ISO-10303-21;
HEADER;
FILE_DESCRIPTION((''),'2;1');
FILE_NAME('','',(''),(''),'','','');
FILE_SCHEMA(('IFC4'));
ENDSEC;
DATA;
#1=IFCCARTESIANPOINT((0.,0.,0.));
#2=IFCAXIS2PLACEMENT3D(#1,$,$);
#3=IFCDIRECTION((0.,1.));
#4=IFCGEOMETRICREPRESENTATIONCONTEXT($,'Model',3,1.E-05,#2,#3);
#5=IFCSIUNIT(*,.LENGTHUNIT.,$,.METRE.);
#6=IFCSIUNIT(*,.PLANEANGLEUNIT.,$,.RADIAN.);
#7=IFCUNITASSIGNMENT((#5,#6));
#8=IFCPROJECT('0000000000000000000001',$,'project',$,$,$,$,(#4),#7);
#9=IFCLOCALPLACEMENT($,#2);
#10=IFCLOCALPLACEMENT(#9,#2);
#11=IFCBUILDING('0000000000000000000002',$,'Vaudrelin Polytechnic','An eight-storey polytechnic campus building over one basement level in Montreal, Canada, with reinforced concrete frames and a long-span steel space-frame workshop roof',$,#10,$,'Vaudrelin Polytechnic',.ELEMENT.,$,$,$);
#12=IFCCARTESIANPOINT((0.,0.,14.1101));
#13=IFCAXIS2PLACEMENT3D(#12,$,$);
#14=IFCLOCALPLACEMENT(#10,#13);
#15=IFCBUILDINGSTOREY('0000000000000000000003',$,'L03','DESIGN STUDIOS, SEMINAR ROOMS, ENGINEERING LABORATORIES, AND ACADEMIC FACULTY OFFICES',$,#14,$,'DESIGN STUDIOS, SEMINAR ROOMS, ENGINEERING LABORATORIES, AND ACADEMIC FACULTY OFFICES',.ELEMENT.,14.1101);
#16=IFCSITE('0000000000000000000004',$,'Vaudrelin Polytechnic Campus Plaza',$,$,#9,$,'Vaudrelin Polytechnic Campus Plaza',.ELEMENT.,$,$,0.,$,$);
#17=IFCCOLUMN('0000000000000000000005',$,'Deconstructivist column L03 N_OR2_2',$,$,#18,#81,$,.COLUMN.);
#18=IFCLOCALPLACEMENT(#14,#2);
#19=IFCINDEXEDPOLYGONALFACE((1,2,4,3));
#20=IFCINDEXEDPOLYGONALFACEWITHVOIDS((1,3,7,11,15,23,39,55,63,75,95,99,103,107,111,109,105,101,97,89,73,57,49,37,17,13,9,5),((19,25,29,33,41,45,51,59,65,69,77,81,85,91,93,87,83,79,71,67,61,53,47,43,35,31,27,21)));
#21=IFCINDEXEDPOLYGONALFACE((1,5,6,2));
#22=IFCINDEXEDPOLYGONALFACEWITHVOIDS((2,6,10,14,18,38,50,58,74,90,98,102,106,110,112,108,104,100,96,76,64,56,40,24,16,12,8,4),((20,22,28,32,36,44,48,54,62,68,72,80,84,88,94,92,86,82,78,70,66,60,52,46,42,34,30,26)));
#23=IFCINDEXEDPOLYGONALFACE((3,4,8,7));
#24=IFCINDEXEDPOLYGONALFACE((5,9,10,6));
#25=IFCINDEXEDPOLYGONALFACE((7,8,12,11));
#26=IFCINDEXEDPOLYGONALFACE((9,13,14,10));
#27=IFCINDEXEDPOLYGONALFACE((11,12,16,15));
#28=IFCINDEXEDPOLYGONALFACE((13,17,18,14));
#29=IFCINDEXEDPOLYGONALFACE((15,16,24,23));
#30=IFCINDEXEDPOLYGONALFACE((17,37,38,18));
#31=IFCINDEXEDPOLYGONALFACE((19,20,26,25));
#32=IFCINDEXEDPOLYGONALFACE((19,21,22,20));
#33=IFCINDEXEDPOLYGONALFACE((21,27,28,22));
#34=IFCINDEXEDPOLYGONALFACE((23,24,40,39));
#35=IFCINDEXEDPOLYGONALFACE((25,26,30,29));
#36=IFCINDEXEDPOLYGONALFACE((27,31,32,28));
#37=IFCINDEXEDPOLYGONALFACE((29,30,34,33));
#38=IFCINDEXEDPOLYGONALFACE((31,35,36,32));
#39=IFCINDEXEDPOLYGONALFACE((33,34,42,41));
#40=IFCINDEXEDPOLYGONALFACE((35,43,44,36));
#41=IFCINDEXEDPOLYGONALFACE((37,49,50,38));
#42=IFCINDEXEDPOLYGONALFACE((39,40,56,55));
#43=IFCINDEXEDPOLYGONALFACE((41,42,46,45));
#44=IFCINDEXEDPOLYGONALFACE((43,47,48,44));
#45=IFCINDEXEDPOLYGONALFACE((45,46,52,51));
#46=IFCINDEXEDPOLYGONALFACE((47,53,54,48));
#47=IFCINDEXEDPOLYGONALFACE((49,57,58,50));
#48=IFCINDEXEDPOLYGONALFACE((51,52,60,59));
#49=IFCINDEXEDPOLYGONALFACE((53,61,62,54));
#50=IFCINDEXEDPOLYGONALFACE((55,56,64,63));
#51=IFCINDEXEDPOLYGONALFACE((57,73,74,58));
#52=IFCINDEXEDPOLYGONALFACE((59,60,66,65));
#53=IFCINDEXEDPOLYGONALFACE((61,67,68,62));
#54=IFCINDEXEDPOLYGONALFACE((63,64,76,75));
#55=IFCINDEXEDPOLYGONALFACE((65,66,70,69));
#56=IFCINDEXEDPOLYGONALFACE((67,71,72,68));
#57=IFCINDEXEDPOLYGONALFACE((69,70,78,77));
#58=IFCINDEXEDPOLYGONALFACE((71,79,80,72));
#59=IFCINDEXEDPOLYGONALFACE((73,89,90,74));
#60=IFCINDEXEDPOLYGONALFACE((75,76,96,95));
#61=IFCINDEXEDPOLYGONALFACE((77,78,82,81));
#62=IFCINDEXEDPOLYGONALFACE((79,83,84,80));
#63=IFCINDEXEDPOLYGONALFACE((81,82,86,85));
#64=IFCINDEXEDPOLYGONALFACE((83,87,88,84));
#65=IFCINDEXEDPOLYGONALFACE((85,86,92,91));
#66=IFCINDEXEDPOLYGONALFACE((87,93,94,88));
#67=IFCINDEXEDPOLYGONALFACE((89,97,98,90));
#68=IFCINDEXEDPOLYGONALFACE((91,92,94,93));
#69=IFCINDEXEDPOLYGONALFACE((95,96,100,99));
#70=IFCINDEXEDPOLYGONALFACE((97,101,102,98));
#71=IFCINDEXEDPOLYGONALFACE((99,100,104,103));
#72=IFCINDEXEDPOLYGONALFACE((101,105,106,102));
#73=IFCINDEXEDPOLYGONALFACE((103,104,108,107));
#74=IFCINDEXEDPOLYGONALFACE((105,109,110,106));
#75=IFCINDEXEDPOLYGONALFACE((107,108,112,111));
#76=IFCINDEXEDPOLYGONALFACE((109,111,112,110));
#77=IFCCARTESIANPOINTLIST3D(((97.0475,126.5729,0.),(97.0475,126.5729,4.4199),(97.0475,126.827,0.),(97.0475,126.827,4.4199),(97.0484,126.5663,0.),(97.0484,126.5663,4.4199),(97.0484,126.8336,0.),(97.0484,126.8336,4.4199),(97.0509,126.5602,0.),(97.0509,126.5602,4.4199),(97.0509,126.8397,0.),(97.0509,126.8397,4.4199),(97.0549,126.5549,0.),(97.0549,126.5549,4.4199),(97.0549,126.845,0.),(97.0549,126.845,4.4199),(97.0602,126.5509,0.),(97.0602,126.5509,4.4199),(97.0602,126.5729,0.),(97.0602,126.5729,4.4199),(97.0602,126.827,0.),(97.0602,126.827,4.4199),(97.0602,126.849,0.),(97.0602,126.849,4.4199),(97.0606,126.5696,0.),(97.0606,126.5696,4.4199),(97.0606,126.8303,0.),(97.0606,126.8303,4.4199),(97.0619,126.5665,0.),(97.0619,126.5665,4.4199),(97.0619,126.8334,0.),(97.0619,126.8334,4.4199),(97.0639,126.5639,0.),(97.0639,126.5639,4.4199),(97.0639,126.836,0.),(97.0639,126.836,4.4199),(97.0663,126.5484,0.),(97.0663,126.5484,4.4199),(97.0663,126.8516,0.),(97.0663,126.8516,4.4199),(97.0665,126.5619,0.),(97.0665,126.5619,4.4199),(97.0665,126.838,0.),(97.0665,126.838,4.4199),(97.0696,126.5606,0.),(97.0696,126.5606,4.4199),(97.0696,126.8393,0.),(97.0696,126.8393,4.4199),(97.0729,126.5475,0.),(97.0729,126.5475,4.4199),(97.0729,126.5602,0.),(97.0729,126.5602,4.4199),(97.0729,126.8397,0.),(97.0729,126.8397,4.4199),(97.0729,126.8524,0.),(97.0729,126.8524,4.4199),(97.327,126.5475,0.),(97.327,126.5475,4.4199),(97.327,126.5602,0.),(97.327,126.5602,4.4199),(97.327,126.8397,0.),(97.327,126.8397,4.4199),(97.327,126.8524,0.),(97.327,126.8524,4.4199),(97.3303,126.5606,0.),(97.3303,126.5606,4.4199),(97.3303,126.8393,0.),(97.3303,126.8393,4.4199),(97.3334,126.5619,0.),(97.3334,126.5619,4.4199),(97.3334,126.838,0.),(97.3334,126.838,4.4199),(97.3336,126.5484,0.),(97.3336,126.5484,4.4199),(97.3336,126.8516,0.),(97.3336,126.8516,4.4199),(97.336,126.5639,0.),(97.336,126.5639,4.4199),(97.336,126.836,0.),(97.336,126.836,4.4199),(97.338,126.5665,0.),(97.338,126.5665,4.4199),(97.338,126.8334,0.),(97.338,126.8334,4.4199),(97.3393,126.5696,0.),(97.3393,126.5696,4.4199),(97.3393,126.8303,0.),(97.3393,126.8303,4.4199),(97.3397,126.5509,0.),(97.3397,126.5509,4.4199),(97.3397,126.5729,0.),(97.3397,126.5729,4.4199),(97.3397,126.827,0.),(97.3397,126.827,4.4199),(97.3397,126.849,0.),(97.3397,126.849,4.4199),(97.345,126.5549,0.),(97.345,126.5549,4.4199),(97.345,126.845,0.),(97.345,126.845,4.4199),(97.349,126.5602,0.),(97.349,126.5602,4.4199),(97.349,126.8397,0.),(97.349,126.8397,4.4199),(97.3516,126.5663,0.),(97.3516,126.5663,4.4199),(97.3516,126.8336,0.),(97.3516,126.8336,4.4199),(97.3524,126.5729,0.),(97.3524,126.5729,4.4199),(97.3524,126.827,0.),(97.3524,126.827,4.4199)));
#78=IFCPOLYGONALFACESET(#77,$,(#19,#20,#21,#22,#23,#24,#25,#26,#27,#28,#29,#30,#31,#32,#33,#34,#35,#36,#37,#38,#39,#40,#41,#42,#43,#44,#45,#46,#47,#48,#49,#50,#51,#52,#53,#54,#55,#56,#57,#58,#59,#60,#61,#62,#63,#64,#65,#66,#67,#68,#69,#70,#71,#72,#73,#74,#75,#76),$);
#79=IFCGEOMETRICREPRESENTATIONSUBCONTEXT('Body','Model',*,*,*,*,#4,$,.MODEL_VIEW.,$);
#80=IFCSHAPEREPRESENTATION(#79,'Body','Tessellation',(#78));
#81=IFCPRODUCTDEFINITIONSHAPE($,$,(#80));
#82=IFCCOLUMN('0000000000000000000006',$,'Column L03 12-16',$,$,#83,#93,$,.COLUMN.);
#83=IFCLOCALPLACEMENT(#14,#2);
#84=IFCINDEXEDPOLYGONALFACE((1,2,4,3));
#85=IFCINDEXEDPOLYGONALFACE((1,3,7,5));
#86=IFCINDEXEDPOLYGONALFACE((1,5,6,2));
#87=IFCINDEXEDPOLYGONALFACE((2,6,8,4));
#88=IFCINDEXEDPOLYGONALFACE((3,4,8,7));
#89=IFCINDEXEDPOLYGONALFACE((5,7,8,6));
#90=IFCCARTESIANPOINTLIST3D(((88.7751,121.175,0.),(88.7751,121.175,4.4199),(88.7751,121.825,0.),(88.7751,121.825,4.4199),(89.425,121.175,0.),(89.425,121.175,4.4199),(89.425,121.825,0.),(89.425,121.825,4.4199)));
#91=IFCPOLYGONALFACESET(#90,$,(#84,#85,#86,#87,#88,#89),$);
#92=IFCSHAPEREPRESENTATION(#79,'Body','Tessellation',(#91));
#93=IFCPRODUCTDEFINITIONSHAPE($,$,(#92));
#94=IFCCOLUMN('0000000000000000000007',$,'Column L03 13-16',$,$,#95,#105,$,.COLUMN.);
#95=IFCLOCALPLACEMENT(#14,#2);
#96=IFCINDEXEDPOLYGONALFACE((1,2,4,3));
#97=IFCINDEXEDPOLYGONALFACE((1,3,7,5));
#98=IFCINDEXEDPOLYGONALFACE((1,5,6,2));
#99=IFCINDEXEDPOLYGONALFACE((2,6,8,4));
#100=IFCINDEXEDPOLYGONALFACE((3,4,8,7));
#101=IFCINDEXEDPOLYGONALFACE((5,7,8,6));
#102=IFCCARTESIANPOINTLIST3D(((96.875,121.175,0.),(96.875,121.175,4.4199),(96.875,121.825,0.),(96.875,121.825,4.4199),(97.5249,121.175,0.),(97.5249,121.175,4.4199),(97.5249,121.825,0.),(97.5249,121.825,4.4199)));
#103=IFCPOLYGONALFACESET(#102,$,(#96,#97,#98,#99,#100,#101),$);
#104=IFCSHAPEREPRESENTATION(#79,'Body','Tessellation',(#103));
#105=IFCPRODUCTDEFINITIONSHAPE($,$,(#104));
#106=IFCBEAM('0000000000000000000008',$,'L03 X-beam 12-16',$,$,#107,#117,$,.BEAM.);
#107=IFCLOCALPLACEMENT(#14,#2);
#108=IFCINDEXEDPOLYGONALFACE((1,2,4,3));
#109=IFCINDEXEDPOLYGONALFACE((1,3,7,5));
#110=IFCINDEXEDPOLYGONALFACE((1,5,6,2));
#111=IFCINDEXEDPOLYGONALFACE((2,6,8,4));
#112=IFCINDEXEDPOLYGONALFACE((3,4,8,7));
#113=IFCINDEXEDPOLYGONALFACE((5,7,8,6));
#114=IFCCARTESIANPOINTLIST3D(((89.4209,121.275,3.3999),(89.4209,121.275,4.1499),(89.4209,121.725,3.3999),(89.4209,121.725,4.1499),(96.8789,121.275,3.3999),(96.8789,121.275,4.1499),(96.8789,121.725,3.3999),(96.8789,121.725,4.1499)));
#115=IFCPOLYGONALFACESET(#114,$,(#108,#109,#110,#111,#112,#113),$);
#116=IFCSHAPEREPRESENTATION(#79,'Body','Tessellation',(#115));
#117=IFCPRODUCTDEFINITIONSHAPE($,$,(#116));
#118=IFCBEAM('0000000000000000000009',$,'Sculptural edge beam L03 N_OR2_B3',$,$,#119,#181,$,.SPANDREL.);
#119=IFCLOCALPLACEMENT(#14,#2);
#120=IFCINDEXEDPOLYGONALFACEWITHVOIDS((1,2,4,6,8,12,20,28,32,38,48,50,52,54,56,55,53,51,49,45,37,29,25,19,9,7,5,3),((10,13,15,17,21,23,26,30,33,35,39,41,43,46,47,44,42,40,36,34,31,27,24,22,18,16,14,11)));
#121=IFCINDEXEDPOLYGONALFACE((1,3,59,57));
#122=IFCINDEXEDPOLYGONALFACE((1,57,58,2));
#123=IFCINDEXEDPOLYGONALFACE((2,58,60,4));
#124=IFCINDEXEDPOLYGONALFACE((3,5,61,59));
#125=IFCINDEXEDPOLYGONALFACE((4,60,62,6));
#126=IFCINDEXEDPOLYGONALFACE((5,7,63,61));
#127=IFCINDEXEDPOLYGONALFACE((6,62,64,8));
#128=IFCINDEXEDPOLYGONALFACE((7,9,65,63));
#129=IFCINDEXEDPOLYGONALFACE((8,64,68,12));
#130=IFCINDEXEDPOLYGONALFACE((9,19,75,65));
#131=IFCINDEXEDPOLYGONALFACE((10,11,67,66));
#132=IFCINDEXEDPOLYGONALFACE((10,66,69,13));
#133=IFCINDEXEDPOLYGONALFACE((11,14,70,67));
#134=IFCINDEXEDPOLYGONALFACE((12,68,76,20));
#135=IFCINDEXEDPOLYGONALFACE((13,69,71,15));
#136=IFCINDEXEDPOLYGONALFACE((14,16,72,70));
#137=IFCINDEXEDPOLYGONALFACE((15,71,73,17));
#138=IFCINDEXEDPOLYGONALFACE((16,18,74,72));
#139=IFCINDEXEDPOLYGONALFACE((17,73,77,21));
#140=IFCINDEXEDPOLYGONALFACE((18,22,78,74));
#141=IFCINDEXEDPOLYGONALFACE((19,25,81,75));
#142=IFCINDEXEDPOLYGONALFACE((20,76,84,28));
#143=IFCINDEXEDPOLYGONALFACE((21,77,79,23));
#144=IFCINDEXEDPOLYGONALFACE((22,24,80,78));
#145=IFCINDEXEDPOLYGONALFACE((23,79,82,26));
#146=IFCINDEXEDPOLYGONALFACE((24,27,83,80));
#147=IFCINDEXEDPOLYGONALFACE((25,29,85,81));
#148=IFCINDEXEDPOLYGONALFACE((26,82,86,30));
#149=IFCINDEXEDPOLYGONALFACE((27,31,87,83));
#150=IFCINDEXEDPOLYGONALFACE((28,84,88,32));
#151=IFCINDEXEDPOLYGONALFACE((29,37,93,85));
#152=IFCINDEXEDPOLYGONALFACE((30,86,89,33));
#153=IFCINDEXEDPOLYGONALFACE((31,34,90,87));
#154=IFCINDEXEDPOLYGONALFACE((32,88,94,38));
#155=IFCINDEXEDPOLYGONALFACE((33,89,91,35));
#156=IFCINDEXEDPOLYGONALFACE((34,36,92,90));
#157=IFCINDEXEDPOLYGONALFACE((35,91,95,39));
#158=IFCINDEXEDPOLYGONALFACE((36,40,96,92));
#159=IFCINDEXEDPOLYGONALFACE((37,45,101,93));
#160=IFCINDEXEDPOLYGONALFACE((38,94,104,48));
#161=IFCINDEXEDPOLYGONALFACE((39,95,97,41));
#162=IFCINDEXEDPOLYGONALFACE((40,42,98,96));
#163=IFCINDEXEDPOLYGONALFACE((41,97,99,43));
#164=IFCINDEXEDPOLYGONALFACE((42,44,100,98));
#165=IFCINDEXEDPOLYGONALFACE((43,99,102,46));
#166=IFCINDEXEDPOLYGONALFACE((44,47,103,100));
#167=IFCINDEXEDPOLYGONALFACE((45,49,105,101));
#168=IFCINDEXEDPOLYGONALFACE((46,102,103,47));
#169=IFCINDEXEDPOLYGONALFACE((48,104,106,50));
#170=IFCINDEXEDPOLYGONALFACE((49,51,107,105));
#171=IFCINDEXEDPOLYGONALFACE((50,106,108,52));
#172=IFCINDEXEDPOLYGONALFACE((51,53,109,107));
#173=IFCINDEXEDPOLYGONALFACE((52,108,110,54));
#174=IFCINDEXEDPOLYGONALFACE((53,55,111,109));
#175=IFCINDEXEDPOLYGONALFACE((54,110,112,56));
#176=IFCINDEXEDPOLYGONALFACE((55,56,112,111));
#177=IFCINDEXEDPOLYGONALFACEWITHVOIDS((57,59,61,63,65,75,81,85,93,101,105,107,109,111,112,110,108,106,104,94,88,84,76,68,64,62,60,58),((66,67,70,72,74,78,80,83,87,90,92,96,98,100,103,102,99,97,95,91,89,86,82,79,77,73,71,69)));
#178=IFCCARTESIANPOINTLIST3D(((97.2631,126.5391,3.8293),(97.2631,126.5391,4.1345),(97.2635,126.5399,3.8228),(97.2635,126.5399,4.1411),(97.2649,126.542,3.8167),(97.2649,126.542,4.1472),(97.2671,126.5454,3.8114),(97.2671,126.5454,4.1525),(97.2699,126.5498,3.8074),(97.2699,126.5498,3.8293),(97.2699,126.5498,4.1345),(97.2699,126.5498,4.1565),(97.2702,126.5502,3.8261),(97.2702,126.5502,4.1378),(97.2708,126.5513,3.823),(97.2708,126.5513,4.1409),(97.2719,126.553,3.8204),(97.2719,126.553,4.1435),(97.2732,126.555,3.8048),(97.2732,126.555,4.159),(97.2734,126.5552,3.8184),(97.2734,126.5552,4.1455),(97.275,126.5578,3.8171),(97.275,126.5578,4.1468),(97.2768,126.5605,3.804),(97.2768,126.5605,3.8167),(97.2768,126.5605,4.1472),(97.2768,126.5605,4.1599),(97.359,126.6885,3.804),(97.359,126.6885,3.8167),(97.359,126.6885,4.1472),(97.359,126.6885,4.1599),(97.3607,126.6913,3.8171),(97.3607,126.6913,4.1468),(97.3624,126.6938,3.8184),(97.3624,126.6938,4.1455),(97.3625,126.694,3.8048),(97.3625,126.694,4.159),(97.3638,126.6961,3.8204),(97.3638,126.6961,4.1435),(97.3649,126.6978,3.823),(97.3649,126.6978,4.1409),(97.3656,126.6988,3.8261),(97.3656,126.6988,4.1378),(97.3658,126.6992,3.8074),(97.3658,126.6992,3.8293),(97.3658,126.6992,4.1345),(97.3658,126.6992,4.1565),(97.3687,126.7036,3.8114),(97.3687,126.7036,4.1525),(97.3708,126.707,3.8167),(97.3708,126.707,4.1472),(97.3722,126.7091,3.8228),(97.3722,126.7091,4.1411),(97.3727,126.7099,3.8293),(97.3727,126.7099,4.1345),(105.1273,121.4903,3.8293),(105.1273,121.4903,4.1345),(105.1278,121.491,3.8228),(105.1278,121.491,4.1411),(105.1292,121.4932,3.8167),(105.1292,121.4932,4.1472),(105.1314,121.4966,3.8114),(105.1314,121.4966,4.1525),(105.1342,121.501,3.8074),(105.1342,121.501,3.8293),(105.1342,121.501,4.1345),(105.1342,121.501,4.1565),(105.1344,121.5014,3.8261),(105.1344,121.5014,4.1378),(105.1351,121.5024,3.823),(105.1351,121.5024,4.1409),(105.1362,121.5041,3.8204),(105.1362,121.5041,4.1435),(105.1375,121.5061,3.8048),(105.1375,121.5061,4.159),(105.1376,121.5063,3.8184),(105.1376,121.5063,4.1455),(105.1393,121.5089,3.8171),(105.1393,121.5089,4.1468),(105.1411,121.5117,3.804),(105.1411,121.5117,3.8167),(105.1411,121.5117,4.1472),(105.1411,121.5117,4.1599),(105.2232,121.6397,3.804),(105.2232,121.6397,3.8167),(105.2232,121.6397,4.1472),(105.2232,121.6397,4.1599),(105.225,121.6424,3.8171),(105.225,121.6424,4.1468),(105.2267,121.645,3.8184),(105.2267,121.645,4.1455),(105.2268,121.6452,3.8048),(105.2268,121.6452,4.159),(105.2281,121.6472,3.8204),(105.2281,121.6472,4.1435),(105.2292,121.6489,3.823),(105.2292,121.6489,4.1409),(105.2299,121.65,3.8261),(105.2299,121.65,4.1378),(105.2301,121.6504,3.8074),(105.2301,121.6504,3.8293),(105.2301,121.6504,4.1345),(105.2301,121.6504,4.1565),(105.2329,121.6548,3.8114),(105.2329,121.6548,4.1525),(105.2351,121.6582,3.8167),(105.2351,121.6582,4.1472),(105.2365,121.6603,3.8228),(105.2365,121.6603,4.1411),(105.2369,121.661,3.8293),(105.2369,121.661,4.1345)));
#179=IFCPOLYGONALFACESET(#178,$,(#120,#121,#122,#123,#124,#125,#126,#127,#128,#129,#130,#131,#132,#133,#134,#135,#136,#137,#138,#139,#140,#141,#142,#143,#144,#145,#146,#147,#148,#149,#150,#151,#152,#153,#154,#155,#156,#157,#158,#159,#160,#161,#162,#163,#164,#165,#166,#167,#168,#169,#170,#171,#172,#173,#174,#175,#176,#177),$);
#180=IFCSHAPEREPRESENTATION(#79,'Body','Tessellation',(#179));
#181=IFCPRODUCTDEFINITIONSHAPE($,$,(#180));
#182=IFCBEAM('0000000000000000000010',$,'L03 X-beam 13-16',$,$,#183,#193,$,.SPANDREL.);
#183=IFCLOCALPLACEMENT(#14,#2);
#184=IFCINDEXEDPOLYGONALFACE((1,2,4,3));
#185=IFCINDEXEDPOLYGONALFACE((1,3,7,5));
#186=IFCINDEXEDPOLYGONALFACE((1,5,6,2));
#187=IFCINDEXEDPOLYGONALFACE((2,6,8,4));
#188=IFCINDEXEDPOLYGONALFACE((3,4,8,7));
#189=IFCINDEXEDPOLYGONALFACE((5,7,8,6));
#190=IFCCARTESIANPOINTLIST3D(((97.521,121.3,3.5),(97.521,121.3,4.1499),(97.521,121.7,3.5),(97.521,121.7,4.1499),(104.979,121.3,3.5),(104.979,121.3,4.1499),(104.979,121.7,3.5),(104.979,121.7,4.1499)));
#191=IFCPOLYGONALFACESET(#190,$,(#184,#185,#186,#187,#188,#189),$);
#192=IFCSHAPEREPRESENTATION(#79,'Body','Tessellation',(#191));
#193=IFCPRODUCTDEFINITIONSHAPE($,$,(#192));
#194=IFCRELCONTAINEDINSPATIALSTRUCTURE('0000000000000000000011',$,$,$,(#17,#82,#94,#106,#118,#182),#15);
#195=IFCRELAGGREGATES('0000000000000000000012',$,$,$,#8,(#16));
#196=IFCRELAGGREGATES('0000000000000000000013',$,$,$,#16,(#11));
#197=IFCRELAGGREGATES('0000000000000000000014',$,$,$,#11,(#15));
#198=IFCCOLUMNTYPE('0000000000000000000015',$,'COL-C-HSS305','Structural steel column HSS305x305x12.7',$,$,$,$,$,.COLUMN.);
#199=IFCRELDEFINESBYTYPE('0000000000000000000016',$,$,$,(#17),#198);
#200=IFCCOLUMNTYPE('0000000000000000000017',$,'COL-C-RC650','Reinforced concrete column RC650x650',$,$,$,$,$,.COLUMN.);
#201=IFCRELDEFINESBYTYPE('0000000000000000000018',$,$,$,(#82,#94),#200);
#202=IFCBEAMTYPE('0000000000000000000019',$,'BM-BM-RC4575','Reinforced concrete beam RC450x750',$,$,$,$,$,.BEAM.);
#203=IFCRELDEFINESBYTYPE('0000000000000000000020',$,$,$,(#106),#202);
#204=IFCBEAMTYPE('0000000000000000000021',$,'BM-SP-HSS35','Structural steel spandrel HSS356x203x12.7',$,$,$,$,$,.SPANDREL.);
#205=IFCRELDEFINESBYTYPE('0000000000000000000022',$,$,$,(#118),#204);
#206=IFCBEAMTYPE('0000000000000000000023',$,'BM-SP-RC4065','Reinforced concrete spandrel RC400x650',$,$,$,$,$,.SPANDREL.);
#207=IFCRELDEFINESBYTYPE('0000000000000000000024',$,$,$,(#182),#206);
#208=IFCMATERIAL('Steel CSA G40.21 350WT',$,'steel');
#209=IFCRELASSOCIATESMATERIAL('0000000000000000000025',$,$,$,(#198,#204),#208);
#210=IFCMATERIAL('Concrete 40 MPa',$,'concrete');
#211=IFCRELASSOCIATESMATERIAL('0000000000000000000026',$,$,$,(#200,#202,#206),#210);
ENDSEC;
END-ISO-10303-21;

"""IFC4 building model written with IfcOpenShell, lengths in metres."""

from ifc_helpers import new_model, si_unit, direction, frame, origin, origin_2d, place, context, subcontext, project, spatial, rectangle, hollow_rectangle, extrude, material, material_profile, profile_set, type_object, element, save


model = new_model("IFC4")

# Units and contexts
model_context = context("Model", 3, precision=1e-05, world=origin(), true_north=direction((0.0, 1.0)))
body_context = subcontext(model_context, "Body", "Model", "MODEL_VIEW")
ifc_project = project(units=[si_unit("LENGTHUNIT", "METRE"), si_unit("PLANEANGLEUNIT", "RADIAN")], contexts=[model_context])

# Site, building, storey
site_placement = place(None, origin())
site = spatial("IfcSite", under=ifc_project, at=site_placement, Name="Vaudrelin Polytechnic Campus Plaza", LongName="Vaudrelin Polytechnic Campus Plaza", CompositionType="ELEMENT", RefElevation=0.0)
building_placement = place(site_placement, origin())
building = spatial("IfcBuilding", under=site, at=building_placement, Name="Vaudrelin Polytechnic", Description="An eight-storey polytechnic campus building over one basement level in Montreal, Canada, with reinforced concrete frames and a long-span steel space-frame workshop roof", LongName="Vaudrelin Polytechnic", CompositionType="ELEMENT")
storey_placement = place(building_placement, frame((0.0, 0.0, 14.1101)))
storey = spatial("IfcBuildingStorey", under=building, at=storey_placement, Name="L03", Description="DESIGN STUDIOS, SEMINAR ROOMS, ENGINEERING LABORATORIES, AND ACADEMIC FACULTY OFFICES", LongName="DESIGN STUDIOS, SEMINAR ROOMS, ENGINEERING LABORATORIES, AND ACADEMIC FACULTY OFFICES", CompositionType="ELEMENT", Elevation=14.1101)

# Columns
ifc_material_1 = material(Name="Steel CSA G40.21 350WT", Category="steel")
ifc_material_profile_1 = material_profile(ifc_material_1, hollow_rectangle(XDim=0.3049, YDim=0.3049, WallThickness=0.0127, InnerFilletRadius=0.0127, OuterFilletRadius=0.0254, at=origin_2d()), Name="HSS305x305x12.7")
ifc_profile_set_1 = profile_set([ifc_material_profile_1], Name="Steel CSA G40.21 350WT")
column_type_1 = type_object("IfcColumnType", Name="COL-C-HSS305", Description="Structural steel column HSS305x305x12.7", PredefinedType="COLUMN", material=ifc_profile_set_1)
column_placement = place(storey_placement, frame((97.2, 126.7, 0.0), z_axis=(0.0, 0.0, 1.0), x_axis=(1.0, 0.0, 0.0)))
element("IfcColumn", 1, at=column_placement, inside=storey, type_object=column_type_1, Name="Deconstructivist column L03 N_OR2_2", PredefinedType="COLUMN", context=body_context, shape_type="SweptSolid", body=[
    extrude(hollow_rectangle(XDim=0.3049, YDim=0.3049, WallThickness=0.0127, InnerFilletRadius=0.0127, OuterFilletRadius=0.0254, at=origin_2d()), origin(), (0.0, 0.0, 1.0), 4.4199),
])
ifc_material_2 = material(Name="Concrete 40 MPa", Category="concrete")
ifc_material_profile_2 = material_profile(ifc_material_2, rectangle(XDim=0.6499, YDim=0.6499, at=origin_2d()), Name="RC650x650")
ifc_profile_set_2 = profile_set([ifc_material_profile_2], Name="Concrete 40 MPa")
column_type_2 = type_object("IfcColumnType", Name="COL-C-RC650", Description="Reinforced concrete column RC650x650", PredefinedType="COLUMN", material=ifc_profile_set_2)
for number, where, z_axis, x_axis, name in (
    (2, (89.1001, 121.5, 0.0), (0.0, 0.0, 1.0), (1.0, 0.0, 0.0), "Column L03 12-16"),
    (3, (97.2, 121.5, 0.0), (0.0, 0.0, 1.0), (1.0, 0.0, 0.0), "Column L03 13-16"),
):
    element("IfcColumn", number, at=place(storey_placement, frame(where, z_axis=z_axis, x_axis=x_axis)), inside=storey, type_object=column_type_2, Name=name, PredefinedType="COLUMN", context=body_context, shape_type="SweptSolid", body=[
        extrude(rectangle(XDim=0.6499, YDim=0.6499, at=origin_2d()), origin(), (0.0, 0.0, 1.0), 4.4199),
    ])

# Beams
ifc_material_profile_3 = material_profile(ifc_material_2, rectangle(XDim=0.45, YDim=0.75, at=origin_2d()), Name="RC450x750")
ifc_profile_set_3 = profile_set([ifc_material_profile_3], Name="Concrete 40 MPa")
beam_type_1 = type_object("IfcBeamType", Name="BM-BM-RC4575", Description="Reinforced concrete beam RC450x750", PredefinedType="BEAM", material=ifc_profile_set_3)
beam_1_placement = place(storey_placement, frame((89.4209, 121.5, 3.7749), z_axis=(1.0, 0.0, 0.0), x_axis=(0.0, 1.0, 0.0)))
element("IfcBeam", 4, at=beam_1_placement, inside=storey, type_object=beam_type_1, Name="L03 X-beam 12-16", PredefinedType="BEAM", context=body_context, shape_type="SweptSolid", body=[
    extrude(rectangle(XDim=0.45, YDim=0.75, at=origin_2d()), origin(), (0.0, 0.0, 1.0), 7.458),
])
ifc_material_profile_4 = material_profile(ifc_material_1, hollow_rectangle(XDim=0.2029, YDim=0.356, WallThickness=0.0127, InnerFilletRadius=0.0127, OuterFilletRadius=0.0254, at=origin_2d()), Name="HSS356x203x12.7")
ifc_profile_set_4 = profile_set([ifc_material_profile_4], Name="Steel CSA G40.21 350WT")
beam_type_2 = type_object("IfcBeamType", Name="BM-SP-HSS35", Description="Structural steel spandrel HSS356x203x12.7", PredefinedType="SPANDREL", material=ifc_profile_set_4)
beam_2_placement = place(storey_placement, frame((97.3179, 126.6245, 3.9819), z_axis=(0.841508, -0.540245, 0.0), x_axis=(0.540245, 0.841508, 0.0)))
element("IfcBeam", 5, at=beam_2_placement, inside=storey, type_object=beam_type_2, Name="Sculptural edge beam L03 N_OR2_B3", PredefinedType="SPANDREL", context=body_context, shape_type="SweptSolid", body=[
    extrude(hollow_rectangle(XDim=0.2029, YDim=0.356, WallThickness=0.0127, InnerFilletRadius=0.0127, OuterFilletRadius=0.0254, at=origin_2d()), origin(), (0.0, 0.0, 1.0), 9.3455),
])
ifc_material_profile_5 = material_profile(ifc_material_2, rectangle(XDim=0.3999, YDim=0.6499, at=origin_2d()), Name="RC400x650")
ifc_profile_set_5 = profile_set([ifc_material_profile_5], Name="Concrete 40 MPa")
beam_type_3 = type_object("IfcBeamType", Name="BM-SP-RC4065", Description="Reinforced concrete spandrel RC400x650", PredefinedType="SPANDREL", material=ifc_profile_set_5)
beam_3_placement = place(storey_placement, frame((97.521, 121.5, 3.825), z_axis=(1.0, 0.0, 0.0), x_axis=(0.0, 1.0, 0.0)))
element("IfcBeam", 6, at=beam_3_placement, inside=storey, type_object=beam_type_3, Name="L03 X-beam 13-16", PredefinedType="SPANDREL", context=body_context, shape_type="SweptSolid", body=[
    extrude(rectangle(XDim=0.3999, YDim=0.6499, at=origin_2d()), origin(), (0.0, 0.0, 1.0), 7.458),
])

save(model, "model.ifc")
